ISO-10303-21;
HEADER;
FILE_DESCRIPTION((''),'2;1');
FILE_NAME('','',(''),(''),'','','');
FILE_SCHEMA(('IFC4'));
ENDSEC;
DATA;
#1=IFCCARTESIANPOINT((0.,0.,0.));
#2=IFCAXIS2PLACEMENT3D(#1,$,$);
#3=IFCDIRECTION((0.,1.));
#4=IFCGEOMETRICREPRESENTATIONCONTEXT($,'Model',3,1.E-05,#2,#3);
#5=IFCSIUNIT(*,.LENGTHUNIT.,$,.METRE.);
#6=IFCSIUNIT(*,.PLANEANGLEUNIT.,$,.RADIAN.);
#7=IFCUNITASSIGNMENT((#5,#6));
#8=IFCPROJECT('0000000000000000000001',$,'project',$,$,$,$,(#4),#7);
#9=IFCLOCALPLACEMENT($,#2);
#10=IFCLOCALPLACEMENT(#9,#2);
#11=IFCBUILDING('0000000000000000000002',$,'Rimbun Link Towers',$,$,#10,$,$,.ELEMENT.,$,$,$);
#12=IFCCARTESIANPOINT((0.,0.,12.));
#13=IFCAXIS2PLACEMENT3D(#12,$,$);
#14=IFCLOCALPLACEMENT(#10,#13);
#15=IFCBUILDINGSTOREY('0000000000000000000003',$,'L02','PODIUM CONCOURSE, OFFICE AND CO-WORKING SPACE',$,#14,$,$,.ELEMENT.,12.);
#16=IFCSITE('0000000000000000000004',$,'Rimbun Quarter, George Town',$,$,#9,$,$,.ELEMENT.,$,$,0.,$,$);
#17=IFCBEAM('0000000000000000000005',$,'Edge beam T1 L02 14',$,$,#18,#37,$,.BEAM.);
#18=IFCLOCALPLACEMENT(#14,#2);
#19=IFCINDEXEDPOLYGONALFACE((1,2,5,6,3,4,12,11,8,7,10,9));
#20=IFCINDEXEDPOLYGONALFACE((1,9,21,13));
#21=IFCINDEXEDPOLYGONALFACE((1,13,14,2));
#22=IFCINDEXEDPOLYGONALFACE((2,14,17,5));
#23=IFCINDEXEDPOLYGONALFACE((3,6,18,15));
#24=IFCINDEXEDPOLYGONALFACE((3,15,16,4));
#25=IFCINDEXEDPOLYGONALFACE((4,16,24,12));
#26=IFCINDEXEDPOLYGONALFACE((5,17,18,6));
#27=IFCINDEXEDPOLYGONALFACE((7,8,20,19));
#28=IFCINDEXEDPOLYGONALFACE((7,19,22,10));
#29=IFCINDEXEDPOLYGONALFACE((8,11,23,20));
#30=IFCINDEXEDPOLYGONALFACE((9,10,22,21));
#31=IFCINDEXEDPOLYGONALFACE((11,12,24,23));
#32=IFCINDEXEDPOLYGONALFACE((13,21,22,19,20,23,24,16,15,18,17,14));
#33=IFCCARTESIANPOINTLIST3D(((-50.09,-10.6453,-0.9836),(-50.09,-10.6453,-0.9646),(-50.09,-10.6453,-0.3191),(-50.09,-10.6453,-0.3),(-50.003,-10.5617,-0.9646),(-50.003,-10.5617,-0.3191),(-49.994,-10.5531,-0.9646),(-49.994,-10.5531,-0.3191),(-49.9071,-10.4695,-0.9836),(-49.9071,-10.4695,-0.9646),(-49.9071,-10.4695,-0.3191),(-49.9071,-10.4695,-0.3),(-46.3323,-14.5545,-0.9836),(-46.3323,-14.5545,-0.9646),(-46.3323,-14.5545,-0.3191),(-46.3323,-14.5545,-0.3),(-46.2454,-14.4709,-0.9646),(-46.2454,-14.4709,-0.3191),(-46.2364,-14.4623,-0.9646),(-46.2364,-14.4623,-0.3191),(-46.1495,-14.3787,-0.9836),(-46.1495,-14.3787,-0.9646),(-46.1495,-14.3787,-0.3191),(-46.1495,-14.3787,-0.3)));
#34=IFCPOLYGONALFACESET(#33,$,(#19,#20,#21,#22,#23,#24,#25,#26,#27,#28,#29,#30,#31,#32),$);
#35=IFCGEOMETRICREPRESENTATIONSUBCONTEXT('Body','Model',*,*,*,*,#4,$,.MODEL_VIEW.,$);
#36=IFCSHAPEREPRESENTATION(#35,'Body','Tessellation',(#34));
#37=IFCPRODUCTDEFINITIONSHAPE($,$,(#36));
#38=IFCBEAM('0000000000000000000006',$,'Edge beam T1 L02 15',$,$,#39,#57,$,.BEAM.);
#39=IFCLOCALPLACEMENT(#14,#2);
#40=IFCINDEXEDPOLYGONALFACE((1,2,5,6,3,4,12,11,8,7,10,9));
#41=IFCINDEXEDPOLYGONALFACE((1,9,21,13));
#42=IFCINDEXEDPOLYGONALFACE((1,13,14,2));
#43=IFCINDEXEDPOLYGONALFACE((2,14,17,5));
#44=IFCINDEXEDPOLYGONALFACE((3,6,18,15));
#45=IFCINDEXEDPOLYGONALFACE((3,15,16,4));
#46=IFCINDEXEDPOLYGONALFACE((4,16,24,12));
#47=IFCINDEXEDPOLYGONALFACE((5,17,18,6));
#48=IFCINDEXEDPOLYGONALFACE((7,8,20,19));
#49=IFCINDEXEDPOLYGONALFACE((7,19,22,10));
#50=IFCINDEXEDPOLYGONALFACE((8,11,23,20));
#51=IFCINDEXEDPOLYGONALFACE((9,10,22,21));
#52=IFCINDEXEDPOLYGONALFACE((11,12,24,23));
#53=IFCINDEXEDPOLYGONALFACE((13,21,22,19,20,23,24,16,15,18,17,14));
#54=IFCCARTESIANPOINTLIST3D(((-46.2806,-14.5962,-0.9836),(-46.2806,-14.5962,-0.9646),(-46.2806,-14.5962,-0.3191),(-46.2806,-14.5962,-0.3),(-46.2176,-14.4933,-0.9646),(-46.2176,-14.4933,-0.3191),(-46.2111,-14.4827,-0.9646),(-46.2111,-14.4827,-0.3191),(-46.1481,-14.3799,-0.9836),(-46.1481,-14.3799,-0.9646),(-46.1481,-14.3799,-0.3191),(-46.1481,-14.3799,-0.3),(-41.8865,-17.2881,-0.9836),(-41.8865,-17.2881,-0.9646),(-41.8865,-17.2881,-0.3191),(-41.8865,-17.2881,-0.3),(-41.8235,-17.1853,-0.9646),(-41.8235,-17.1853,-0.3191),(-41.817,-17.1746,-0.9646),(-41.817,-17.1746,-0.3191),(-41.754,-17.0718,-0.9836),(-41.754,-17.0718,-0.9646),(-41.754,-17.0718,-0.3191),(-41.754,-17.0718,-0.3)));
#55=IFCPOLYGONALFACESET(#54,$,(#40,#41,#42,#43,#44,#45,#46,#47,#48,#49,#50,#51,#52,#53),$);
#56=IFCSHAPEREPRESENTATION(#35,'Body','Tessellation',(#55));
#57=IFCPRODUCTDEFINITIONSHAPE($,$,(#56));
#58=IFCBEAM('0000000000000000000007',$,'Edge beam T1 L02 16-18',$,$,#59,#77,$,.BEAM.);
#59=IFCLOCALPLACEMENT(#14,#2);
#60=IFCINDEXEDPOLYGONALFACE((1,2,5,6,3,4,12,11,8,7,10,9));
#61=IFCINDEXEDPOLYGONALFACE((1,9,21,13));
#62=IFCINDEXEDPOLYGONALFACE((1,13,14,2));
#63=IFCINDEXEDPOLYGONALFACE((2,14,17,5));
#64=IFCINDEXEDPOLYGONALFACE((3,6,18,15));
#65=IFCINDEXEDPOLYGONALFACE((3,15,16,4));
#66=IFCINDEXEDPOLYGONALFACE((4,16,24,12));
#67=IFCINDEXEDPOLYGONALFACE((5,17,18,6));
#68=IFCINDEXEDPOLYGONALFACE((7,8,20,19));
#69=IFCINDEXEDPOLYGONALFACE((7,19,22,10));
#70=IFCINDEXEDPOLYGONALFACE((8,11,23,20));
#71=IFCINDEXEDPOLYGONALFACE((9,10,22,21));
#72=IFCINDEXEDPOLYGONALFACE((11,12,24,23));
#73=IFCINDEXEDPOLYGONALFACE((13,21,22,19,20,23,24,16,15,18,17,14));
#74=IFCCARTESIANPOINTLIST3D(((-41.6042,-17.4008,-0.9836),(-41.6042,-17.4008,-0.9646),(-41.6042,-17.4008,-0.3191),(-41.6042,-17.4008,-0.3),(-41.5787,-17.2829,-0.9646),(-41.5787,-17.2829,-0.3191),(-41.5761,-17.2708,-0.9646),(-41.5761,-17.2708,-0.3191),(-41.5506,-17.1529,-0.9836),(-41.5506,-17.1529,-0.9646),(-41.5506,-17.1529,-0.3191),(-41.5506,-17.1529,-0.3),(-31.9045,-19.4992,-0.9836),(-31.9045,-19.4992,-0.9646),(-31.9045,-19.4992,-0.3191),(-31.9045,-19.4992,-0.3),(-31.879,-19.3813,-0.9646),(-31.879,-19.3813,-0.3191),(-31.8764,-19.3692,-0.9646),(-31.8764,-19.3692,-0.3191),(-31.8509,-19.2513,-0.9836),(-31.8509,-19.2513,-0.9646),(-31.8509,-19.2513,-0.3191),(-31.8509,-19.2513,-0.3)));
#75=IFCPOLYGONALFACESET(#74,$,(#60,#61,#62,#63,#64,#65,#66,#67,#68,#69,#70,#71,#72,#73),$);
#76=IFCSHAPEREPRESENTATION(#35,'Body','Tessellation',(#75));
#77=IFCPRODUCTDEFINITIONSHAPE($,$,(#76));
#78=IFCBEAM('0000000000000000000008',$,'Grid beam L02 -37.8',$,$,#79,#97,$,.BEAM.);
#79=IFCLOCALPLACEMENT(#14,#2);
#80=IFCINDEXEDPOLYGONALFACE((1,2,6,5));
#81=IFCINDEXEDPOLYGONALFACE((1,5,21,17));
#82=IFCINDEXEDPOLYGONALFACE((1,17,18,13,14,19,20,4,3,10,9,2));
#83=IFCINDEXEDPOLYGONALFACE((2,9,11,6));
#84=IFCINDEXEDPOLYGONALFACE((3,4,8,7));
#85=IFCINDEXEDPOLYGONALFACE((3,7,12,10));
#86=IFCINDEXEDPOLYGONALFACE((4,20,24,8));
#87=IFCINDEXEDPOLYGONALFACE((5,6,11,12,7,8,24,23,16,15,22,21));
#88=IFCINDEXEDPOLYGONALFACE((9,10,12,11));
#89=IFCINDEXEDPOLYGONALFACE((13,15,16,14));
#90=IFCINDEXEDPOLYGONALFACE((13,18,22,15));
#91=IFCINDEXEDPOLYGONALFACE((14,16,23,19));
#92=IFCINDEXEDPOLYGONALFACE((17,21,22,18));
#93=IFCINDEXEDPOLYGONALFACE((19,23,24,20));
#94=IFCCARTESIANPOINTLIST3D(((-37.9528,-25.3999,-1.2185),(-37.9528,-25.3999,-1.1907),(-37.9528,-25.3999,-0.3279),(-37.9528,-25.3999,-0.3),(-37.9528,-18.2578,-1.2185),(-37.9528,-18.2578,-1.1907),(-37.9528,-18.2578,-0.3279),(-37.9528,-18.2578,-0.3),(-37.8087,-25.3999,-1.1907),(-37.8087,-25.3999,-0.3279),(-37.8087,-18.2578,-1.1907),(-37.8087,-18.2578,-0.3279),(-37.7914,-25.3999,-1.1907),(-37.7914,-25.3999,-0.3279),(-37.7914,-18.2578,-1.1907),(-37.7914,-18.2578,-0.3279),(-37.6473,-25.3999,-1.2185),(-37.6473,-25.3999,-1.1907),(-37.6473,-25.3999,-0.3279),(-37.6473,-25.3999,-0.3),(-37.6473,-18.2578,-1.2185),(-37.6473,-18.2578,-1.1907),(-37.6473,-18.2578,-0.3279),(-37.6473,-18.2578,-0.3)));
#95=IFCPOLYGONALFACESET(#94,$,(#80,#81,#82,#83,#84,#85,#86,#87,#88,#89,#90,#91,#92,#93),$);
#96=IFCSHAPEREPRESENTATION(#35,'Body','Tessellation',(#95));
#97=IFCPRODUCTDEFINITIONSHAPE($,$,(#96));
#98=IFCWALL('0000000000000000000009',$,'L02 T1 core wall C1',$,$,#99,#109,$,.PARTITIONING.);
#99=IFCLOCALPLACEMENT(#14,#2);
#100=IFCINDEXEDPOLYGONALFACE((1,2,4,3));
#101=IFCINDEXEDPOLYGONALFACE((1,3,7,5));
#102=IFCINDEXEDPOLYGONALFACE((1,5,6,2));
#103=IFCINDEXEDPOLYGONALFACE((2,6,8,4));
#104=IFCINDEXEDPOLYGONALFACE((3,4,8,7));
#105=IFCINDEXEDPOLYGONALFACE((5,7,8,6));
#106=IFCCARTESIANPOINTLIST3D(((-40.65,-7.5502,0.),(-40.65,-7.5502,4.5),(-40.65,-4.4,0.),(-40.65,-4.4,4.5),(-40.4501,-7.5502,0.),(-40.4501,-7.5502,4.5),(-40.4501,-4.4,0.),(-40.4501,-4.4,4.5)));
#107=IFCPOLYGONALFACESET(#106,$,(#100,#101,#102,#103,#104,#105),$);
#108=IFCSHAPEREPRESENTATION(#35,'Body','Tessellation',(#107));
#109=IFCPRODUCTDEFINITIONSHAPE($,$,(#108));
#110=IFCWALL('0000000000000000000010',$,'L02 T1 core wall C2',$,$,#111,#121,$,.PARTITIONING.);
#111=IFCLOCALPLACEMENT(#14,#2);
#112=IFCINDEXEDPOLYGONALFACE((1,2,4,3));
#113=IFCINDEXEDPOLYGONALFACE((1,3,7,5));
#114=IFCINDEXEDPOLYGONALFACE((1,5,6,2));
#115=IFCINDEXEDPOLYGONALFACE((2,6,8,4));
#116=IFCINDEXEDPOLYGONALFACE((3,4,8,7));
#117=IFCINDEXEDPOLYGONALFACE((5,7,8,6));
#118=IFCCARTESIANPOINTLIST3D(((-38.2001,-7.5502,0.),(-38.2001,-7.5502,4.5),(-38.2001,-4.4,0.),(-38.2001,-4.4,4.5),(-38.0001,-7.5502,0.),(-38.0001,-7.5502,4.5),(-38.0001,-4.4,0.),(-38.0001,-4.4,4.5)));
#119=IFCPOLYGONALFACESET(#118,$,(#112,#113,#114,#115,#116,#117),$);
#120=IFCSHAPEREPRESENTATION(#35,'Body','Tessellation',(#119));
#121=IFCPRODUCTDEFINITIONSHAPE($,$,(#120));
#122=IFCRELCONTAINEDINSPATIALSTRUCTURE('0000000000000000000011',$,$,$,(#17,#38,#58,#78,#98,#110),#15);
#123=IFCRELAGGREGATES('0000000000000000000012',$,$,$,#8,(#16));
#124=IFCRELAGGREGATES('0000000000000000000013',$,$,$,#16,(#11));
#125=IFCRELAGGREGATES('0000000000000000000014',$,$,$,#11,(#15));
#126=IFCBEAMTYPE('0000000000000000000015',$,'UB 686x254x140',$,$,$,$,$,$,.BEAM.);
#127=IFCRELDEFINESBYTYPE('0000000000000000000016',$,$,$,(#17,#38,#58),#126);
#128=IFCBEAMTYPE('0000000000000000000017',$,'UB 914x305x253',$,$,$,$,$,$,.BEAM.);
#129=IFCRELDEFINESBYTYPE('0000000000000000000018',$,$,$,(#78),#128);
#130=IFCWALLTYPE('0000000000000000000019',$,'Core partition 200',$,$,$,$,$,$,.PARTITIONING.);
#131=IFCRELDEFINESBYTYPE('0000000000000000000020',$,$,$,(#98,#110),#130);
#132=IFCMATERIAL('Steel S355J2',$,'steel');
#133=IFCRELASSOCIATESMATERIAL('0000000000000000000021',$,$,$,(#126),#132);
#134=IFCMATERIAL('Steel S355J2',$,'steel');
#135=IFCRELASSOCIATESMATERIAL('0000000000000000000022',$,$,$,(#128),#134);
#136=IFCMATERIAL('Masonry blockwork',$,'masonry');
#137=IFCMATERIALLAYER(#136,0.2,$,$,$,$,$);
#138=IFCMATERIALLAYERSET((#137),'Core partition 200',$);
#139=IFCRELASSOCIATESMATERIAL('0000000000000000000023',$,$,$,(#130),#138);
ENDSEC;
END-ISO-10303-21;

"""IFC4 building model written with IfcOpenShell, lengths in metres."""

from ifc_helpers import new_model, si_unit, direction, frame, frame_2d, origin, origin_2d, place, context, subcontext, project, spatial, rectangle, i_section, extrude, material, layer, layer_set, material_profile, profile_set, type_object, element, save


model = new_model("IFC4")

# Units and contexts
model_context = context("Model", 3, precision=1e-05, world=origin(), true_north=direction((0.0, 1.0)))
body_context = subcontext(model_context, "Body", "Model", "MODEL_VIEW")
ifc_project = project(units=[si_unit("LENGTHUNIT", "METRE"), si_unit("PLANEANGLEUNIT", "RADIAN")], contexts=[model_context])

# Site, building, storey
site_placement = place(None, origin())
site = spatial("IfcSite", under=ifc_project, at=site_placement, Name="Rimbun Quarter, George Town", CompositionType="ELEMENT", RefElevation=0.0)
building_placement = place(site_placement, origin())
building = spatial("IfcBuilding", under=site, at=building_placement, Name="Rimbun Link Towers", CompositionType="ELEMENT")
storey_placement = place(building_placement, frame((0.0, 0.0, 12.0)))
storey = spatial("IfcBuildingStorey", under=building, at=storey_placement, Name="L02", Description="PODIUM CONCOURSE, OFFICE AND CO-WORKING SPACE", CompositionType="ELEMENT", Elevation=12.0)

# Beams
ifc_material_1 = material(Name="Steel S355J2", Category="steel")
ifc_material_profile_1 = material_profile(ifc_material_1, i_section(OverallWidth=0.2537, OverallDepth=0.6836, WebThickness=0.0125, FlangeThickness=0.019, at=origin_2d()), Name="UB 686x254x140")
ifc_profile_set_1 = profile_set([ifc_material_profile_1], Name="Steel S355J2")
beam_type_1 = type_object("IfcBeamType", Name="UB 686x254x140", PredefinedType="BEAM", material=ifc_profile_set_1)
beam_1_placement = place(storey_placement, frame((-49.9985, -10.5574, -0.6418), z_axis=(0.692988, -0.720949, 0.0), x_axis=(0.720949, 0.692988, 0.0)))
element("IfcBeam", 1, at=beam_1_placement, inside=storey, type_object=beam_type_1, Name="Edge beam T1 L02 14", PredefinedType="BEAM", context=body_context, shape_type="SweptSolid", body=[
    extrude(i_section(OverallWidth=0.2537, OverallDepth=0.6836, WebThickness=0.0125, FlangeThickness=0.019, at=origin_2d()), origin(), (0.0, 0.0, 1.0), 5.4224),
])
beam_2_placement = place(storey_placement, frame((-46.2144, -14.488, -0.6418), z_axis=(0.852707, -0.522389, 0.0), x_axis=(0.522389, 0.852707, 0.0)))
element("IfcBeam", 2, at=beam_2_placement, inside=storey, type_object=beam_type_1, Name="Edge beam T1 L02 15", PredefinedType="BEAM", context=body_context, shape_type="SweptSolid", body=[
    extrude(i_section(OverallWidth=0.2537, OverallDepth=0.6836, WebThickness=0.0125, FlangeThickness=0.019, at=origin_2d()), origin(), (0.0, 0.0, 1.0), 5.1531),
])
beam_3_placement = place(storey_placement, frame((-41.5774, -17.2769, -0.6418), z_axis=(0.97739, -0.211444, 0.0), x_axis=(0.211444, 0.97739, 0.0)))
element("IfcBeam", 3, at=beam_3_placement, inside=storey, type_object=beam_type_1, Name="Edge beam T1 L02 16-18", PredefinedType="BEAM", context=body_context, shape_type="SweptSolid", body=[
    extrude(i_section(OverallWidth=0.2537, OverallDepth=0.6836, WebThickness=0.0125, FlangeThickness=0.019, at=origin_2d()), origin(), (0.0, 0.0, 1.0), 9.9241),
])
ifc_material_2 = material(Name="Steel S355J2", Category="steel")
ifc_material_profile_2 = material_profile(ifc_material_2, i_section(OverallWidth=0.3054, OverallDepth=0.9185, WebThickness=0.0173, FlangeThickness=0.0278, at=origin_2d()), Name="UB 914x305x253")
ifc_profile_set_2 = profile_set([ifc_material_profile_2], Name="Steel S355J2")
beam_type_2 = type_object("IfcBeamType", Name="UB 914x305x253", PredefinedType="BEAM", material=ifc_profile_set_2)
beam_4_placement = place(storey_placement, frame((-37.8, -25.3999, -0.7593), z_axis=(0.0, 1.0, 0.0), x_axis=(-1.0, 0.0, 0.0)))
element("IfcBeam", 4, at=beam_4_placement, inside=storey, type_object=beam_type_2, Name="Grid beam L02 -37.8", PredefinedType="BEAM", context=body_context, shape_type="SweptSolid", body=[
    extrude(i_section(OverallWidth=0.3054, OverallDepth=0.9185, WebThickness=0.0173, FlangeThickness=0.0278, at=origin_2d()), origin(), (0.0, 0.0, 1.0), 7.1421),
])

# Walls
ifc_material_3 = material(Name="Masonry blockwork", Category="masonry")
ifc_layer_1 = layer(ifc_material_3, 0.2)
ifc_layer_set_1 = layer_set([ifc_layer_1], Name="Core partition 200")
wall_type_1 = type_object("IfcWallType", Name="Core partition 200", PredefinedType="PARTITIONING", material=ifc_layer_set_1)
for number, where, z_axis, x_axis, name in (
    (5, (-40.55, -4.3999, 0.0), (0.0, 0.0, 1.0), (0.0, -1.0, 0.0), "L02 T1 core wall C1"),
    (6, (-38.1001, -4.3999, 0.0), (0.0, 0.0, 1.0), (0.0, -1.0, 0.0), "L02 T1 core wall C2"),
):
    element("IfcWall", number, at=place(storey_placement, frame(where, z_axis=z_axis, x_axis=x_axis)), inside=storey, type_object=wall_type_1, Name=name, PredefinedType="PARTITIONING", context=body_context, shape_type="SweptSolid", body=[
        extrude(rectangle(XDim=3.1501, YDim=0.2, at=frame_2d((1.5752, 0.0))), origin(), (0.0, 0.0, 1.0), 4.5),
    ])

save(model, "model.ifc")
